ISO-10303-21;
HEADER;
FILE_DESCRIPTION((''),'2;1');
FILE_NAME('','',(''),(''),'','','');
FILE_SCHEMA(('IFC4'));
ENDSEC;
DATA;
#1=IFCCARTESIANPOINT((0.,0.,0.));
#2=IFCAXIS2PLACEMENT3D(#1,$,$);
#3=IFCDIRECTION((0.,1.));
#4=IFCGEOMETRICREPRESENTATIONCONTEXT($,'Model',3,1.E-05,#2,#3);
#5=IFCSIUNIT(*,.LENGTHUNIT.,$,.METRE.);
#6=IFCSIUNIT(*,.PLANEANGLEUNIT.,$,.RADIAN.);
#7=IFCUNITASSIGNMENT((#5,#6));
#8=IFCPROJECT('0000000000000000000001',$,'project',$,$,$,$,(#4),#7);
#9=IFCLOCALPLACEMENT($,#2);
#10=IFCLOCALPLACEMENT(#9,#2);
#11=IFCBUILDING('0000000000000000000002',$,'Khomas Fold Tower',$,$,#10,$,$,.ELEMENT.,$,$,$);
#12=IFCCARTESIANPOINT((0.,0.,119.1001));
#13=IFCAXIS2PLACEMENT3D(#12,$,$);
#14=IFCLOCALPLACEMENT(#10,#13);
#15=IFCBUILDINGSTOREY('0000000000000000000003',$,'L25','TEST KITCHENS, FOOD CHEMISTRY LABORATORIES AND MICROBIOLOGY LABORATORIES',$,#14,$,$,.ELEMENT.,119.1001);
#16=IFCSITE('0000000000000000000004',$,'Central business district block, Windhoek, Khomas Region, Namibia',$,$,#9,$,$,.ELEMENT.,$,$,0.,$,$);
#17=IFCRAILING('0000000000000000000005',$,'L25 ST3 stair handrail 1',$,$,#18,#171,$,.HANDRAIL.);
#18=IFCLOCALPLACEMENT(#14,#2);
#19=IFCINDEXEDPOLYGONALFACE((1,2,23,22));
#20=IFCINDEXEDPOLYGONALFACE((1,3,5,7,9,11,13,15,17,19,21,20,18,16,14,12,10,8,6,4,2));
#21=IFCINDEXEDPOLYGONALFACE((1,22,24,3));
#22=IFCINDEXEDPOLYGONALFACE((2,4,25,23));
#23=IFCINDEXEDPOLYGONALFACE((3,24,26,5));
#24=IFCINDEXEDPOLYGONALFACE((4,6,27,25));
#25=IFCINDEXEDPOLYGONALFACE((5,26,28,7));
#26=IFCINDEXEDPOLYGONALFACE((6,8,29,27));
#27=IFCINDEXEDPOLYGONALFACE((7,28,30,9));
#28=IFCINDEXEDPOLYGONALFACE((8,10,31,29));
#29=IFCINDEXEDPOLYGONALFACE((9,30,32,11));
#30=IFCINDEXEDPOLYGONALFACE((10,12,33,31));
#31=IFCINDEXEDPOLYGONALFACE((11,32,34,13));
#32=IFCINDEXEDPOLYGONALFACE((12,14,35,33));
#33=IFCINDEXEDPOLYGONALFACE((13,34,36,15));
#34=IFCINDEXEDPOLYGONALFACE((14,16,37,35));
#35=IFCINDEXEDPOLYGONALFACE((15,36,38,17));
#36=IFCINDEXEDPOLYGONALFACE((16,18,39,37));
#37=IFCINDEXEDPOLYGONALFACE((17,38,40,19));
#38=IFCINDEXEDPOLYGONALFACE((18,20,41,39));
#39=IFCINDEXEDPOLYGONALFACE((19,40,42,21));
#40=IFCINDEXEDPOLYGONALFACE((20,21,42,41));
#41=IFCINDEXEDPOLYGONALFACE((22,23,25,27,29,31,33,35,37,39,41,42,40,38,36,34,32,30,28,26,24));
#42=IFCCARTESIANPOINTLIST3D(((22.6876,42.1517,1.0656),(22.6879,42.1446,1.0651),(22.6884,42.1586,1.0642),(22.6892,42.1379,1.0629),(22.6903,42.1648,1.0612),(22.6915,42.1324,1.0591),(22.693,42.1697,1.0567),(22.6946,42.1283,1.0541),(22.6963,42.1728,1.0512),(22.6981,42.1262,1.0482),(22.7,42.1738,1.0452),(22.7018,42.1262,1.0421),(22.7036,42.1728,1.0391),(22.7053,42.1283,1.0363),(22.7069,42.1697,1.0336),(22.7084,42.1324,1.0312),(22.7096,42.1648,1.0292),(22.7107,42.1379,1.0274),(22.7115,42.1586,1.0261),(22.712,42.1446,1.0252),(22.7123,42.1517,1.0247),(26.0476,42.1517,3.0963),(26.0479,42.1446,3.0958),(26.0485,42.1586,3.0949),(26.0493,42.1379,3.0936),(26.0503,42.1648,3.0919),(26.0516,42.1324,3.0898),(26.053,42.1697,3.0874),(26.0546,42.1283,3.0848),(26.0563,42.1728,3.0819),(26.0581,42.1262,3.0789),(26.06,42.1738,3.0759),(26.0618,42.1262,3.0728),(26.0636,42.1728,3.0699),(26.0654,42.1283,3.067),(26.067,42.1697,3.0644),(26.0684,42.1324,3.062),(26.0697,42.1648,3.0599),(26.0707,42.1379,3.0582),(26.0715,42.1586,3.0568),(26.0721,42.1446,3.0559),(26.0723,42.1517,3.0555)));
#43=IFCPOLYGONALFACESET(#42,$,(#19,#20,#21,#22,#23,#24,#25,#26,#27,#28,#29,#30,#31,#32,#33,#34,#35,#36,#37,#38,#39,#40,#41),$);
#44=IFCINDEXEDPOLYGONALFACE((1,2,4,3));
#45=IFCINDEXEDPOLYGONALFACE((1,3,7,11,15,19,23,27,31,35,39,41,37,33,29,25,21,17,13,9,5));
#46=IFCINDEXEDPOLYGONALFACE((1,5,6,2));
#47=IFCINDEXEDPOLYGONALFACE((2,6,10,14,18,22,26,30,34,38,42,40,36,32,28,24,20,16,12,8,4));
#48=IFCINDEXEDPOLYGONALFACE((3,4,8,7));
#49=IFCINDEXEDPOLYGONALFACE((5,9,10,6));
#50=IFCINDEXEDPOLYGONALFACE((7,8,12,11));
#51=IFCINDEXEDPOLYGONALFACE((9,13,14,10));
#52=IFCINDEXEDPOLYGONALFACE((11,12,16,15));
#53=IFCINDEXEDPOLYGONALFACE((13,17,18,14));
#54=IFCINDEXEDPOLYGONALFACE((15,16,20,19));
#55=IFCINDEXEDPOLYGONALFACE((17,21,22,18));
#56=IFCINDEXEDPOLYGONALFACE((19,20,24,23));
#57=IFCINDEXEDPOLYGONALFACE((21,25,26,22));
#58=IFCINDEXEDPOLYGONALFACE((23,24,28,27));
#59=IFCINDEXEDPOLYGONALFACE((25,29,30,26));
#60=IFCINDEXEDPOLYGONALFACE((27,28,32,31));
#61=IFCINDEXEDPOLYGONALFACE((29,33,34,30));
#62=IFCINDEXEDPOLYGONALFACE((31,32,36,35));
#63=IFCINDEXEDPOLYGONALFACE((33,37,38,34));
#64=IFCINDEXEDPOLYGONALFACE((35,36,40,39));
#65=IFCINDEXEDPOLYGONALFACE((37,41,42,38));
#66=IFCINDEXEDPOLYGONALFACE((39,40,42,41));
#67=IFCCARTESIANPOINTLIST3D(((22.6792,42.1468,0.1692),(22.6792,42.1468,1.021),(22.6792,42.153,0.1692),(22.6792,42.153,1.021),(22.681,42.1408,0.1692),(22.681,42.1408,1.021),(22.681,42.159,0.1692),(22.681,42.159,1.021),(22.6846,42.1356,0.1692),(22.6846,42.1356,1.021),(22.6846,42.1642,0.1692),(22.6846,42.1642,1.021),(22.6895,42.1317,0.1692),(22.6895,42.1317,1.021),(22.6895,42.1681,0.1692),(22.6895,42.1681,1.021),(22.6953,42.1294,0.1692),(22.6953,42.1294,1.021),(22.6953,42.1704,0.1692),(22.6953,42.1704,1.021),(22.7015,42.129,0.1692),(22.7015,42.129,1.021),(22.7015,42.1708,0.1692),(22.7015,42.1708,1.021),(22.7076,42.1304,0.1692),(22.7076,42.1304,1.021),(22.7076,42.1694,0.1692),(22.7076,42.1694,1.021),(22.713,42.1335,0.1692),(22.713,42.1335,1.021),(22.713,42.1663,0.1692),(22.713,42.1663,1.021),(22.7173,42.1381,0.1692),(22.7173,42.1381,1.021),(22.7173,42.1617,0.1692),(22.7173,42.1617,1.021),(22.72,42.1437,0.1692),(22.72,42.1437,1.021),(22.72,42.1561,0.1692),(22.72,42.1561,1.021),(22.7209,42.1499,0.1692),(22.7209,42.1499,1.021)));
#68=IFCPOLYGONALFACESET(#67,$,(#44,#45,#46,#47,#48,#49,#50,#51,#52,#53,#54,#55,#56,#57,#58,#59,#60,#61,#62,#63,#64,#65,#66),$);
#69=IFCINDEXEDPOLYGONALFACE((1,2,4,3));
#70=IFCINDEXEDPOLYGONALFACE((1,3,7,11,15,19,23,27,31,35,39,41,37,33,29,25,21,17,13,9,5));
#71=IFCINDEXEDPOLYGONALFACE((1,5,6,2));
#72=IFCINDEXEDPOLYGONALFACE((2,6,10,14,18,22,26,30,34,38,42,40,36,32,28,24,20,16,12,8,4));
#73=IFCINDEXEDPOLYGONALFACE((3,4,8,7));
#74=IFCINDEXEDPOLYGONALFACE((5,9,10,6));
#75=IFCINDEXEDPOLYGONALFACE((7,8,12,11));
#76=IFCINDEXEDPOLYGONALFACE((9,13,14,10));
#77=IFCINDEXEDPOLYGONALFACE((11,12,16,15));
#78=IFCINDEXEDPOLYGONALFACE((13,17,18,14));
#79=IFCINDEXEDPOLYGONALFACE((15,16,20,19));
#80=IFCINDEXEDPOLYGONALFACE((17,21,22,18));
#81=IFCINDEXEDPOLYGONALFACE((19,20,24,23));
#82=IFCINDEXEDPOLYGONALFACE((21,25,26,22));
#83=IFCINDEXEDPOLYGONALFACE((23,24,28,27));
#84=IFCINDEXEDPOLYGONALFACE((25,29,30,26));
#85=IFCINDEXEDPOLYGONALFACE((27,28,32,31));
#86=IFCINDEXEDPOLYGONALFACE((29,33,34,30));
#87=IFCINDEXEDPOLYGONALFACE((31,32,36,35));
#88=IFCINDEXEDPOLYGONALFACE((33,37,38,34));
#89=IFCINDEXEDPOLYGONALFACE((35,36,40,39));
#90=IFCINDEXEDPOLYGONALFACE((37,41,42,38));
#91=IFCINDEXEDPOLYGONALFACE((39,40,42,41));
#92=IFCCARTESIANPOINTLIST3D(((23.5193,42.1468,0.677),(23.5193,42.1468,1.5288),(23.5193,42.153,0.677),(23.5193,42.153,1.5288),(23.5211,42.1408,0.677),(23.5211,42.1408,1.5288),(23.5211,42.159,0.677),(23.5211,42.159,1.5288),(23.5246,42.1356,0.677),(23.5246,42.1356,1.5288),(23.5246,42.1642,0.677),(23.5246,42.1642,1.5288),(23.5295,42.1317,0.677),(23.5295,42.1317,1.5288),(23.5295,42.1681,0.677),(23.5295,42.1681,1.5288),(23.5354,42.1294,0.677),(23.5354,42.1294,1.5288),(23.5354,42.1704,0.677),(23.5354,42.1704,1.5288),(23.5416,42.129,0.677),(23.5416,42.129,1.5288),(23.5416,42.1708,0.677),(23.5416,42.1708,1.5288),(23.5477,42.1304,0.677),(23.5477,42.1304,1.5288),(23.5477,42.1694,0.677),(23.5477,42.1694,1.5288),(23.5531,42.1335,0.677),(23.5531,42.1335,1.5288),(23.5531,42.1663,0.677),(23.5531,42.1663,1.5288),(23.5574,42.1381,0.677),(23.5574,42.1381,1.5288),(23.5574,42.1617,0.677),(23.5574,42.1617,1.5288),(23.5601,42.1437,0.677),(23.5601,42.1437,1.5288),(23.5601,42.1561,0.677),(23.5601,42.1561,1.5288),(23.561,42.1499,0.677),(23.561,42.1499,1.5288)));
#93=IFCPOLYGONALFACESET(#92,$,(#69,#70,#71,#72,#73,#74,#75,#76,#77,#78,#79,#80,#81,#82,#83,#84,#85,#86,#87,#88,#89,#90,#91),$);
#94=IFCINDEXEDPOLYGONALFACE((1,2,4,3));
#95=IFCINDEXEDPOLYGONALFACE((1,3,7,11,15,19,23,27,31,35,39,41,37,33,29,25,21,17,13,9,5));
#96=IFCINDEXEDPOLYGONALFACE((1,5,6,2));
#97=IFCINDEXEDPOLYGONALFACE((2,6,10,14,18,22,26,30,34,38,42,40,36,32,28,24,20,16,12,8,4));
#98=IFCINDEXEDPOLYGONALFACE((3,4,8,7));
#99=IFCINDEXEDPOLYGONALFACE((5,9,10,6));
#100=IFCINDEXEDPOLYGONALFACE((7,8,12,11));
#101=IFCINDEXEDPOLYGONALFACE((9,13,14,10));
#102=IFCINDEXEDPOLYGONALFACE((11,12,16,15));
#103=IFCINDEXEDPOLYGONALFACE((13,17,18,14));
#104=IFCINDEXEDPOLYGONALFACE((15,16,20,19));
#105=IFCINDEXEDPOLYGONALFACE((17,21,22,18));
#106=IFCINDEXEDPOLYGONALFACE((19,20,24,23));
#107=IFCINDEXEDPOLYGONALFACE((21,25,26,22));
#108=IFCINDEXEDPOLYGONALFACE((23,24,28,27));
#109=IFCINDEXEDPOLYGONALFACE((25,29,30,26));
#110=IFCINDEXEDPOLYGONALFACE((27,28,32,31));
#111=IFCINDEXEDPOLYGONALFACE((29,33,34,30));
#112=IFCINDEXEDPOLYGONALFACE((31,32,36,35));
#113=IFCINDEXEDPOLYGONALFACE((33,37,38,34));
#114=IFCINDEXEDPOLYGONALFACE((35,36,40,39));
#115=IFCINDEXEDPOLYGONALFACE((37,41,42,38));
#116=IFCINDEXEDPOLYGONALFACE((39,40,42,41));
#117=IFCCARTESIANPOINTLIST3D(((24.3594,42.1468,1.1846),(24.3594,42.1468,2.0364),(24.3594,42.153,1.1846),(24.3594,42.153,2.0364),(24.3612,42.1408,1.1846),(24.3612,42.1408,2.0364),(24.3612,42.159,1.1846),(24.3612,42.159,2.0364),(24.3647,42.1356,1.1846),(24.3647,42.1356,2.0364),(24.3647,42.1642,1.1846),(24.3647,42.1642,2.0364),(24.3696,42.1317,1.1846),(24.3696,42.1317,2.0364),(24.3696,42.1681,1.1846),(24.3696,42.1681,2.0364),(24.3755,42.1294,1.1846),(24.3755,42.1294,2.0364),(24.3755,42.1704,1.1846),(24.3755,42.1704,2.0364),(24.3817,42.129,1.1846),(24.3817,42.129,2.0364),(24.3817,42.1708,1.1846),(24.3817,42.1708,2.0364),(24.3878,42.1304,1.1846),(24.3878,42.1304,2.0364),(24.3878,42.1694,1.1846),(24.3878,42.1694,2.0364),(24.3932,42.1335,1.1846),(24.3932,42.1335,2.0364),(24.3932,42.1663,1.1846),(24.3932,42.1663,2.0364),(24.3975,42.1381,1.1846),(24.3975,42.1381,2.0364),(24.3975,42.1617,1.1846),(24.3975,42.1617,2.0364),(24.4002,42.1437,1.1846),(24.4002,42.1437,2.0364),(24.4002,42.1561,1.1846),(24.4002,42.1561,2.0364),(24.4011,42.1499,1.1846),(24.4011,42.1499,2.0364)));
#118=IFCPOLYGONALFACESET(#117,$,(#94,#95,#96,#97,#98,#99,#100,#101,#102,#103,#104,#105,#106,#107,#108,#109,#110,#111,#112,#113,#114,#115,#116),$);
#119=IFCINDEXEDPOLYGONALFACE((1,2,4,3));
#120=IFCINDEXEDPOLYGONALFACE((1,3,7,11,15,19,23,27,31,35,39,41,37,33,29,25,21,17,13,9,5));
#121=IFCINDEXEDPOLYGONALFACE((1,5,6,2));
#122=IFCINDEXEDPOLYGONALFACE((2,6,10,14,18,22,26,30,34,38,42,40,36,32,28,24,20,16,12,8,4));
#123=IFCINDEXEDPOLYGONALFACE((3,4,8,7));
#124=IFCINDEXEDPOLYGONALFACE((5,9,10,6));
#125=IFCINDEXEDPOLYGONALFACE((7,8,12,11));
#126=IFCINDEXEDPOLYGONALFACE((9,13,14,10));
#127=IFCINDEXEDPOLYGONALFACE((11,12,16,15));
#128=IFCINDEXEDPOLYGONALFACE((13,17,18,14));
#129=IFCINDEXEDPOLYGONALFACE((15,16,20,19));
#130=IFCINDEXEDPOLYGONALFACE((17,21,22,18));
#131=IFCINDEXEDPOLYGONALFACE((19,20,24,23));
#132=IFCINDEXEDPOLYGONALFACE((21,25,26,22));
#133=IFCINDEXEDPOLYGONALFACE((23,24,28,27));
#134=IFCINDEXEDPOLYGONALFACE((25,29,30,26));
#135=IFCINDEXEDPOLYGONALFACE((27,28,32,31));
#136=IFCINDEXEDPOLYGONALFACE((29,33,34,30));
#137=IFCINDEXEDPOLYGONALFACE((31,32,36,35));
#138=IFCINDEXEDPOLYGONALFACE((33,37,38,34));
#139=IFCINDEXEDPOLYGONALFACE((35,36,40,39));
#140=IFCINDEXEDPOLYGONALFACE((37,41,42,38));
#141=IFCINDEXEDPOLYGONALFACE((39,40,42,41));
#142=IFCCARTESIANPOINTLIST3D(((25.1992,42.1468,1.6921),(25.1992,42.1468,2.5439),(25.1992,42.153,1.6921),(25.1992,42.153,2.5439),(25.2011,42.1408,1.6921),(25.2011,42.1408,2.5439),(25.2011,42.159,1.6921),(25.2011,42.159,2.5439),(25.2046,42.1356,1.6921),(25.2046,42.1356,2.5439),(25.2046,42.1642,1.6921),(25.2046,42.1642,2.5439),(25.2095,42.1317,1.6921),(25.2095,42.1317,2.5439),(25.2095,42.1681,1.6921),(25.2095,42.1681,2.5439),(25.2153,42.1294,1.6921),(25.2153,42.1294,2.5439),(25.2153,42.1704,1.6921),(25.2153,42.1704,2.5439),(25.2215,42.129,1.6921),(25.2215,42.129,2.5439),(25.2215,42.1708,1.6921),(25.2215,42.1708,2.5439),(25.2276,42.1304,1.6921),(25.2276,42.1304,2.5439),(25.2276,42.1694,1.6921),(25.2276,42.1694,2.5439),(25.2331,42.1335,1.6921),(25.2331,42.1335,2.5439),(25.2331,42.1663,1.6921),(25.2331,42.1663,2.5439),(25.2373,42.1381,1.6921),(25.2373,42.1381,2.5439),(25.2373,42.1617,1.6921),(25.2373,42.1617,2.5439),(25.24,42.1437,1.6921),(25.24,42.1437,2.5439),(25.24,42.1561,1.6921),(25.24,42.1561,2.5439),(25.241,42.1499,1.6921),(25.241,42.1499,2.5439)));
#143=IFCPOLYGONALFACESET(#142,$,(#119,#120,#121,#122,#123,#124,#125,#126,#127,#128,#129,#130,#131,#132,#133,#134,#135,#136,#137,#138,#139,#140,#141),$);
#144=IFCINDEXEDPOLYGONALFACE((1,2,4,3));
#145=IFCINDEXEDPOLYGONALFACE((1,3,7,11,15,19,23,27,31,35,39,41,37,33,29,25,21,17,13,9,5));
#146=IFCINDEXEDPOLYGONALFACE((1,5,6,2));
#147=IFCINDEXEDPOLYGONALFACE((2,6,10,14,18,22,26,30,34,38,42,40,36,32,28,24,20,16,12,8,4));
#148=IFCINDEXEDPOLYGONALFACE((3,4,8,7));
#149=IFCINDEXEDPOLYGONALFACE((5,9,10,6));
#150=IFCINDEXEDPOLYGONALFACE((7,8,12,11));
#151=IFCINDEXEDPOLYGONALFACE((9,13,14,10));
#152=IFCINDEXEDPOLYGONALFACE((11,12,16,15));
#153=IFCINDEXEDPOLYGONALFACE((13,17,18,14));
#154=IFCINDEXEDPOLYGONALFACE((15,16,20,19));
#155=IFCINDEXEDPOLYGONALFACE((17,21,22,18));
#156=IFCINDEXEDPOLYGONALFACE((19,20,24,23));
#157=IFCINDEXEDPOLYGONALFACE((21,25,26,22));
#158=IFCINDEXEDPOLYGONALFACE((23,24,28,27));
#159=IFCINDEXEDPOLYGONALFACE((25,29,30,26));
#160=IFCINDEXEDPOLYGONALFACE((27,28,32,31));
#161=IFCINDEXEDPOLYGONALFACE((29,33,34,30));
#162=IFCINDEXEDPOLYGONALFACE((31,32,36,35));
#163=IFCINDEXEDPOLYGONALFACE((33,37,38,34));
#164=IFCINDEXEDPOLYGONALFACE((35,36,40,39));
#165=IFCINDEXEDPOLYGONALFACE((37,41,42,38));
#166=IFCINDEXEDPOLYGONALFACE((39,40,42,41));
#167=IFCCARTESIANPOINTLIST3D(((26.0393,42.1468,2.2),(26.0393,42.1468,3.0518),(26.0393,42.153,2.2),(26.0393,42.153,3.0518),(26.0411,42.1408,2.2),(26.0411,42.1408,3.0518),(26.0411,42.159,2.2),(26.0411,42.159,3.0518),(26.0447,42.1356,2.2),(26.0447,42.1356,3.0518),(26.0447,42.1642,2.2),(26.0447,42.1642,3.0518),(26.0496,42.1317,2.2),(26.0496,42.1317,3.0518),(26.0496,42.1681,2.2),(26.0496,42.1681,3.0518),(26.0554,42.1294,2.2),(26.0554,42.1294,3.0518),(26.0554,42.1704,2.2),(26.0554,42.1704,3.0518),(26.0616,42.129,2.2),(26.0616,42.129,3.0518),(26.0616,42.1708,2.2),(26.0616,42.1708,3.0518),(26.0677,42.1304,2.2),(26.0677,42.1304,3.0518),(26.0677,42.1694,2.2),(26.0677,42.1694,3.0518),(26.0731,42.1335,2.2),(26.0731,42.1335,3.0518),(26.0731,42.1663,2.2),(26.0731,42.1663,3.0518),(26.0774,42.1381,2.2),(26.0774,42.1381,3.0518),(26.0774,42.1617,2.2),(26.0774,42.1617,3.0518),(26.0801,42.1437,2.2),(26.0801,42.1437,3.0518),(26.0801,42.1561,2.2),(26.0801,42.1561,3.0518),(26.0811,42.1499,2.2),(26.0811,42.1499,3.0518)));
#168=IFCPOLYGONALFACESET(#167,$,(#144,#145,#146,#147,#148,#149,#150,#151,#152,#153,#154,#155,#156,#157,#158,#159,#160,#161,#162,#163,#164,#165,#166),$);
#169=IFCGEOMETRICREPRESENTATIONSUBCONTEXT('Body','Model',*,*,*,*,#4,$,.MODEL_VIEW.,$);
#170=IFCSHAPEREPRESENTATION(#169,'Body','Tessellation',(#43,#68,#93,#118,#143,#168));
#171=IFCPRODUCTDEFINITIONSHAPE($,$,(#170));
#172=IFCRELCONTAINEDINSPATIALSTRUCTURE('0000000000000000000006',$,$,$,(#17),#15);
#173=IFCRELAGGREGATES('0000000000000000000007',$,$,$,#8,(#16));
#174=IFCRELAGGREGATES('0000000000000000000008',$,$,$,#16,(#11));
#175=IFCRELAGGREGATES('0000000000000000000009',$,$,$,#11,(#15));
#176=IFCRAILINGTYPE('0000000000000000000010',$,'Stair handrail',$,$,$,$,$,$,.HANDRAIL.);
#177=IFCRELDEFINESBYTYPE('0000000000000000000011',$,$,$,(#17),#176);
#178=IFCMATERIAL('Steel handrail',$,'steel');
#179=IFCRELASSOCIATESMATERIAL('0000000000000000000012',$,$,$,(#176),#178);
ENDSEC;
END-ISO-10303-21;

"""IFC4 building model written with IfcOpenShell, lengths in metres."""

from ifc_helpers import new_model, si_unit, direction, frame, origin, origin_2d, place, context, subcontext, project, spatial, circle, extrude, source, transform, mapped, material, type_object, element, save


model = new_model("IFC4")

# Units and contexts
model_context = context("Model", 3, precision=1e-05, world=origin(), true_north=direction((0.0, 1.0)))
body_context = subcontext(model_context, "Body", "Model", "MODEL_VIEW")
ifc_project = project(units=[si_unit("LENGTHUNIT", "METRE"), si_unit("PLANEANGLEUNIT", "RADIAN")], contexts=[model_context])

# Site, building, storey
site_placement = place(None, origin())
site = spatial("IfcSite", under=ifc_project, at=site_placement, Name="Central business district block, Windhoek, Khomas Region, Namibia", CompositionType="ELEMENT", RefElevation=0.0)
building_placement = place(site_placement, origin())
building = spatial("IfcBuilding", under=site, at=building_placement, Name="Khomas Fold Tower", CompositionType="ELEMENT")
storey_placement = place(building_placement, frame((0.0, 0.0, 119.1001)))
storey = spatial("IfcBuildingStorey", under=building, at=storey_placement, Name="L25", Description="TEST KITCHENS, FOOD CHEMISTRY LABORATORIES AND MICROBIOLOGY LABORATORIES", CompositionType="ELEMENT", Elevation=119.1001)

# Railing
ifc_material_1 = material(Name="Steel handrail", Category="steel")
railing_type_1 = type_object("IfcRailingType", Name="Stair handrail", PredefinedType="HANDRAIL", material=ifc_material_1)
shared_shape_1 = source(origin(), body_context, "Body", "SweptSolid", [
    extrude(circle(Radius=0.0239, at=origin_2d()), frame((0.0, 0.0, 0.876), z_axis=(0.855837, 0.0, 0.517246), x_axis=(0.0, 1.0, 0.0)), (0.0, 0.0, 1.0), 3.926),
    extrude(circle(Radius=0.021, at=origin_2d()), origin(), (0.0, 0.0, 1.0), 0.8518),
    extrude(circle(Radius=0.021, at=origin_2d()), frame((0.8401, 0.0, 0.5078)), (0.0, 0.0, 1.0), 0.8518),
    extrude(circle(Radius=0.021, at=origin_2d()), frame((1.6802, 0.0, 1.0154)), (0.0, 0.0, 1.0), 0.8518),
    extrude(circle(Radius=0.021, at=origin_2d()), frame((2.52, 0.0, 1.5229)), (0.0, 0.0, 1.0), 0.8518),
    extrude(circle(Radius=0.021, at=origin_2d()), frame((3.3601, 0.0, 2.0308)), (0.0, 0.0, 1.0), 0.8518),
])
railing_1_placement = place(storey_placement, frame((22.7, 42.1499, 0.1692)))
element("IfcRailing", 1, at=railing_1_placement, inside=storey, type_object=railing_type_1, Name="L25 ST3 stair handrail 1", PredefinedType="HANDRAIL", context=body_context, shape_type="MappedRepresentation", body=[
    mapped(shared_shape_1, transform((0.0, 0.0, 0.0))),
])

save(model, "model.ifc")
